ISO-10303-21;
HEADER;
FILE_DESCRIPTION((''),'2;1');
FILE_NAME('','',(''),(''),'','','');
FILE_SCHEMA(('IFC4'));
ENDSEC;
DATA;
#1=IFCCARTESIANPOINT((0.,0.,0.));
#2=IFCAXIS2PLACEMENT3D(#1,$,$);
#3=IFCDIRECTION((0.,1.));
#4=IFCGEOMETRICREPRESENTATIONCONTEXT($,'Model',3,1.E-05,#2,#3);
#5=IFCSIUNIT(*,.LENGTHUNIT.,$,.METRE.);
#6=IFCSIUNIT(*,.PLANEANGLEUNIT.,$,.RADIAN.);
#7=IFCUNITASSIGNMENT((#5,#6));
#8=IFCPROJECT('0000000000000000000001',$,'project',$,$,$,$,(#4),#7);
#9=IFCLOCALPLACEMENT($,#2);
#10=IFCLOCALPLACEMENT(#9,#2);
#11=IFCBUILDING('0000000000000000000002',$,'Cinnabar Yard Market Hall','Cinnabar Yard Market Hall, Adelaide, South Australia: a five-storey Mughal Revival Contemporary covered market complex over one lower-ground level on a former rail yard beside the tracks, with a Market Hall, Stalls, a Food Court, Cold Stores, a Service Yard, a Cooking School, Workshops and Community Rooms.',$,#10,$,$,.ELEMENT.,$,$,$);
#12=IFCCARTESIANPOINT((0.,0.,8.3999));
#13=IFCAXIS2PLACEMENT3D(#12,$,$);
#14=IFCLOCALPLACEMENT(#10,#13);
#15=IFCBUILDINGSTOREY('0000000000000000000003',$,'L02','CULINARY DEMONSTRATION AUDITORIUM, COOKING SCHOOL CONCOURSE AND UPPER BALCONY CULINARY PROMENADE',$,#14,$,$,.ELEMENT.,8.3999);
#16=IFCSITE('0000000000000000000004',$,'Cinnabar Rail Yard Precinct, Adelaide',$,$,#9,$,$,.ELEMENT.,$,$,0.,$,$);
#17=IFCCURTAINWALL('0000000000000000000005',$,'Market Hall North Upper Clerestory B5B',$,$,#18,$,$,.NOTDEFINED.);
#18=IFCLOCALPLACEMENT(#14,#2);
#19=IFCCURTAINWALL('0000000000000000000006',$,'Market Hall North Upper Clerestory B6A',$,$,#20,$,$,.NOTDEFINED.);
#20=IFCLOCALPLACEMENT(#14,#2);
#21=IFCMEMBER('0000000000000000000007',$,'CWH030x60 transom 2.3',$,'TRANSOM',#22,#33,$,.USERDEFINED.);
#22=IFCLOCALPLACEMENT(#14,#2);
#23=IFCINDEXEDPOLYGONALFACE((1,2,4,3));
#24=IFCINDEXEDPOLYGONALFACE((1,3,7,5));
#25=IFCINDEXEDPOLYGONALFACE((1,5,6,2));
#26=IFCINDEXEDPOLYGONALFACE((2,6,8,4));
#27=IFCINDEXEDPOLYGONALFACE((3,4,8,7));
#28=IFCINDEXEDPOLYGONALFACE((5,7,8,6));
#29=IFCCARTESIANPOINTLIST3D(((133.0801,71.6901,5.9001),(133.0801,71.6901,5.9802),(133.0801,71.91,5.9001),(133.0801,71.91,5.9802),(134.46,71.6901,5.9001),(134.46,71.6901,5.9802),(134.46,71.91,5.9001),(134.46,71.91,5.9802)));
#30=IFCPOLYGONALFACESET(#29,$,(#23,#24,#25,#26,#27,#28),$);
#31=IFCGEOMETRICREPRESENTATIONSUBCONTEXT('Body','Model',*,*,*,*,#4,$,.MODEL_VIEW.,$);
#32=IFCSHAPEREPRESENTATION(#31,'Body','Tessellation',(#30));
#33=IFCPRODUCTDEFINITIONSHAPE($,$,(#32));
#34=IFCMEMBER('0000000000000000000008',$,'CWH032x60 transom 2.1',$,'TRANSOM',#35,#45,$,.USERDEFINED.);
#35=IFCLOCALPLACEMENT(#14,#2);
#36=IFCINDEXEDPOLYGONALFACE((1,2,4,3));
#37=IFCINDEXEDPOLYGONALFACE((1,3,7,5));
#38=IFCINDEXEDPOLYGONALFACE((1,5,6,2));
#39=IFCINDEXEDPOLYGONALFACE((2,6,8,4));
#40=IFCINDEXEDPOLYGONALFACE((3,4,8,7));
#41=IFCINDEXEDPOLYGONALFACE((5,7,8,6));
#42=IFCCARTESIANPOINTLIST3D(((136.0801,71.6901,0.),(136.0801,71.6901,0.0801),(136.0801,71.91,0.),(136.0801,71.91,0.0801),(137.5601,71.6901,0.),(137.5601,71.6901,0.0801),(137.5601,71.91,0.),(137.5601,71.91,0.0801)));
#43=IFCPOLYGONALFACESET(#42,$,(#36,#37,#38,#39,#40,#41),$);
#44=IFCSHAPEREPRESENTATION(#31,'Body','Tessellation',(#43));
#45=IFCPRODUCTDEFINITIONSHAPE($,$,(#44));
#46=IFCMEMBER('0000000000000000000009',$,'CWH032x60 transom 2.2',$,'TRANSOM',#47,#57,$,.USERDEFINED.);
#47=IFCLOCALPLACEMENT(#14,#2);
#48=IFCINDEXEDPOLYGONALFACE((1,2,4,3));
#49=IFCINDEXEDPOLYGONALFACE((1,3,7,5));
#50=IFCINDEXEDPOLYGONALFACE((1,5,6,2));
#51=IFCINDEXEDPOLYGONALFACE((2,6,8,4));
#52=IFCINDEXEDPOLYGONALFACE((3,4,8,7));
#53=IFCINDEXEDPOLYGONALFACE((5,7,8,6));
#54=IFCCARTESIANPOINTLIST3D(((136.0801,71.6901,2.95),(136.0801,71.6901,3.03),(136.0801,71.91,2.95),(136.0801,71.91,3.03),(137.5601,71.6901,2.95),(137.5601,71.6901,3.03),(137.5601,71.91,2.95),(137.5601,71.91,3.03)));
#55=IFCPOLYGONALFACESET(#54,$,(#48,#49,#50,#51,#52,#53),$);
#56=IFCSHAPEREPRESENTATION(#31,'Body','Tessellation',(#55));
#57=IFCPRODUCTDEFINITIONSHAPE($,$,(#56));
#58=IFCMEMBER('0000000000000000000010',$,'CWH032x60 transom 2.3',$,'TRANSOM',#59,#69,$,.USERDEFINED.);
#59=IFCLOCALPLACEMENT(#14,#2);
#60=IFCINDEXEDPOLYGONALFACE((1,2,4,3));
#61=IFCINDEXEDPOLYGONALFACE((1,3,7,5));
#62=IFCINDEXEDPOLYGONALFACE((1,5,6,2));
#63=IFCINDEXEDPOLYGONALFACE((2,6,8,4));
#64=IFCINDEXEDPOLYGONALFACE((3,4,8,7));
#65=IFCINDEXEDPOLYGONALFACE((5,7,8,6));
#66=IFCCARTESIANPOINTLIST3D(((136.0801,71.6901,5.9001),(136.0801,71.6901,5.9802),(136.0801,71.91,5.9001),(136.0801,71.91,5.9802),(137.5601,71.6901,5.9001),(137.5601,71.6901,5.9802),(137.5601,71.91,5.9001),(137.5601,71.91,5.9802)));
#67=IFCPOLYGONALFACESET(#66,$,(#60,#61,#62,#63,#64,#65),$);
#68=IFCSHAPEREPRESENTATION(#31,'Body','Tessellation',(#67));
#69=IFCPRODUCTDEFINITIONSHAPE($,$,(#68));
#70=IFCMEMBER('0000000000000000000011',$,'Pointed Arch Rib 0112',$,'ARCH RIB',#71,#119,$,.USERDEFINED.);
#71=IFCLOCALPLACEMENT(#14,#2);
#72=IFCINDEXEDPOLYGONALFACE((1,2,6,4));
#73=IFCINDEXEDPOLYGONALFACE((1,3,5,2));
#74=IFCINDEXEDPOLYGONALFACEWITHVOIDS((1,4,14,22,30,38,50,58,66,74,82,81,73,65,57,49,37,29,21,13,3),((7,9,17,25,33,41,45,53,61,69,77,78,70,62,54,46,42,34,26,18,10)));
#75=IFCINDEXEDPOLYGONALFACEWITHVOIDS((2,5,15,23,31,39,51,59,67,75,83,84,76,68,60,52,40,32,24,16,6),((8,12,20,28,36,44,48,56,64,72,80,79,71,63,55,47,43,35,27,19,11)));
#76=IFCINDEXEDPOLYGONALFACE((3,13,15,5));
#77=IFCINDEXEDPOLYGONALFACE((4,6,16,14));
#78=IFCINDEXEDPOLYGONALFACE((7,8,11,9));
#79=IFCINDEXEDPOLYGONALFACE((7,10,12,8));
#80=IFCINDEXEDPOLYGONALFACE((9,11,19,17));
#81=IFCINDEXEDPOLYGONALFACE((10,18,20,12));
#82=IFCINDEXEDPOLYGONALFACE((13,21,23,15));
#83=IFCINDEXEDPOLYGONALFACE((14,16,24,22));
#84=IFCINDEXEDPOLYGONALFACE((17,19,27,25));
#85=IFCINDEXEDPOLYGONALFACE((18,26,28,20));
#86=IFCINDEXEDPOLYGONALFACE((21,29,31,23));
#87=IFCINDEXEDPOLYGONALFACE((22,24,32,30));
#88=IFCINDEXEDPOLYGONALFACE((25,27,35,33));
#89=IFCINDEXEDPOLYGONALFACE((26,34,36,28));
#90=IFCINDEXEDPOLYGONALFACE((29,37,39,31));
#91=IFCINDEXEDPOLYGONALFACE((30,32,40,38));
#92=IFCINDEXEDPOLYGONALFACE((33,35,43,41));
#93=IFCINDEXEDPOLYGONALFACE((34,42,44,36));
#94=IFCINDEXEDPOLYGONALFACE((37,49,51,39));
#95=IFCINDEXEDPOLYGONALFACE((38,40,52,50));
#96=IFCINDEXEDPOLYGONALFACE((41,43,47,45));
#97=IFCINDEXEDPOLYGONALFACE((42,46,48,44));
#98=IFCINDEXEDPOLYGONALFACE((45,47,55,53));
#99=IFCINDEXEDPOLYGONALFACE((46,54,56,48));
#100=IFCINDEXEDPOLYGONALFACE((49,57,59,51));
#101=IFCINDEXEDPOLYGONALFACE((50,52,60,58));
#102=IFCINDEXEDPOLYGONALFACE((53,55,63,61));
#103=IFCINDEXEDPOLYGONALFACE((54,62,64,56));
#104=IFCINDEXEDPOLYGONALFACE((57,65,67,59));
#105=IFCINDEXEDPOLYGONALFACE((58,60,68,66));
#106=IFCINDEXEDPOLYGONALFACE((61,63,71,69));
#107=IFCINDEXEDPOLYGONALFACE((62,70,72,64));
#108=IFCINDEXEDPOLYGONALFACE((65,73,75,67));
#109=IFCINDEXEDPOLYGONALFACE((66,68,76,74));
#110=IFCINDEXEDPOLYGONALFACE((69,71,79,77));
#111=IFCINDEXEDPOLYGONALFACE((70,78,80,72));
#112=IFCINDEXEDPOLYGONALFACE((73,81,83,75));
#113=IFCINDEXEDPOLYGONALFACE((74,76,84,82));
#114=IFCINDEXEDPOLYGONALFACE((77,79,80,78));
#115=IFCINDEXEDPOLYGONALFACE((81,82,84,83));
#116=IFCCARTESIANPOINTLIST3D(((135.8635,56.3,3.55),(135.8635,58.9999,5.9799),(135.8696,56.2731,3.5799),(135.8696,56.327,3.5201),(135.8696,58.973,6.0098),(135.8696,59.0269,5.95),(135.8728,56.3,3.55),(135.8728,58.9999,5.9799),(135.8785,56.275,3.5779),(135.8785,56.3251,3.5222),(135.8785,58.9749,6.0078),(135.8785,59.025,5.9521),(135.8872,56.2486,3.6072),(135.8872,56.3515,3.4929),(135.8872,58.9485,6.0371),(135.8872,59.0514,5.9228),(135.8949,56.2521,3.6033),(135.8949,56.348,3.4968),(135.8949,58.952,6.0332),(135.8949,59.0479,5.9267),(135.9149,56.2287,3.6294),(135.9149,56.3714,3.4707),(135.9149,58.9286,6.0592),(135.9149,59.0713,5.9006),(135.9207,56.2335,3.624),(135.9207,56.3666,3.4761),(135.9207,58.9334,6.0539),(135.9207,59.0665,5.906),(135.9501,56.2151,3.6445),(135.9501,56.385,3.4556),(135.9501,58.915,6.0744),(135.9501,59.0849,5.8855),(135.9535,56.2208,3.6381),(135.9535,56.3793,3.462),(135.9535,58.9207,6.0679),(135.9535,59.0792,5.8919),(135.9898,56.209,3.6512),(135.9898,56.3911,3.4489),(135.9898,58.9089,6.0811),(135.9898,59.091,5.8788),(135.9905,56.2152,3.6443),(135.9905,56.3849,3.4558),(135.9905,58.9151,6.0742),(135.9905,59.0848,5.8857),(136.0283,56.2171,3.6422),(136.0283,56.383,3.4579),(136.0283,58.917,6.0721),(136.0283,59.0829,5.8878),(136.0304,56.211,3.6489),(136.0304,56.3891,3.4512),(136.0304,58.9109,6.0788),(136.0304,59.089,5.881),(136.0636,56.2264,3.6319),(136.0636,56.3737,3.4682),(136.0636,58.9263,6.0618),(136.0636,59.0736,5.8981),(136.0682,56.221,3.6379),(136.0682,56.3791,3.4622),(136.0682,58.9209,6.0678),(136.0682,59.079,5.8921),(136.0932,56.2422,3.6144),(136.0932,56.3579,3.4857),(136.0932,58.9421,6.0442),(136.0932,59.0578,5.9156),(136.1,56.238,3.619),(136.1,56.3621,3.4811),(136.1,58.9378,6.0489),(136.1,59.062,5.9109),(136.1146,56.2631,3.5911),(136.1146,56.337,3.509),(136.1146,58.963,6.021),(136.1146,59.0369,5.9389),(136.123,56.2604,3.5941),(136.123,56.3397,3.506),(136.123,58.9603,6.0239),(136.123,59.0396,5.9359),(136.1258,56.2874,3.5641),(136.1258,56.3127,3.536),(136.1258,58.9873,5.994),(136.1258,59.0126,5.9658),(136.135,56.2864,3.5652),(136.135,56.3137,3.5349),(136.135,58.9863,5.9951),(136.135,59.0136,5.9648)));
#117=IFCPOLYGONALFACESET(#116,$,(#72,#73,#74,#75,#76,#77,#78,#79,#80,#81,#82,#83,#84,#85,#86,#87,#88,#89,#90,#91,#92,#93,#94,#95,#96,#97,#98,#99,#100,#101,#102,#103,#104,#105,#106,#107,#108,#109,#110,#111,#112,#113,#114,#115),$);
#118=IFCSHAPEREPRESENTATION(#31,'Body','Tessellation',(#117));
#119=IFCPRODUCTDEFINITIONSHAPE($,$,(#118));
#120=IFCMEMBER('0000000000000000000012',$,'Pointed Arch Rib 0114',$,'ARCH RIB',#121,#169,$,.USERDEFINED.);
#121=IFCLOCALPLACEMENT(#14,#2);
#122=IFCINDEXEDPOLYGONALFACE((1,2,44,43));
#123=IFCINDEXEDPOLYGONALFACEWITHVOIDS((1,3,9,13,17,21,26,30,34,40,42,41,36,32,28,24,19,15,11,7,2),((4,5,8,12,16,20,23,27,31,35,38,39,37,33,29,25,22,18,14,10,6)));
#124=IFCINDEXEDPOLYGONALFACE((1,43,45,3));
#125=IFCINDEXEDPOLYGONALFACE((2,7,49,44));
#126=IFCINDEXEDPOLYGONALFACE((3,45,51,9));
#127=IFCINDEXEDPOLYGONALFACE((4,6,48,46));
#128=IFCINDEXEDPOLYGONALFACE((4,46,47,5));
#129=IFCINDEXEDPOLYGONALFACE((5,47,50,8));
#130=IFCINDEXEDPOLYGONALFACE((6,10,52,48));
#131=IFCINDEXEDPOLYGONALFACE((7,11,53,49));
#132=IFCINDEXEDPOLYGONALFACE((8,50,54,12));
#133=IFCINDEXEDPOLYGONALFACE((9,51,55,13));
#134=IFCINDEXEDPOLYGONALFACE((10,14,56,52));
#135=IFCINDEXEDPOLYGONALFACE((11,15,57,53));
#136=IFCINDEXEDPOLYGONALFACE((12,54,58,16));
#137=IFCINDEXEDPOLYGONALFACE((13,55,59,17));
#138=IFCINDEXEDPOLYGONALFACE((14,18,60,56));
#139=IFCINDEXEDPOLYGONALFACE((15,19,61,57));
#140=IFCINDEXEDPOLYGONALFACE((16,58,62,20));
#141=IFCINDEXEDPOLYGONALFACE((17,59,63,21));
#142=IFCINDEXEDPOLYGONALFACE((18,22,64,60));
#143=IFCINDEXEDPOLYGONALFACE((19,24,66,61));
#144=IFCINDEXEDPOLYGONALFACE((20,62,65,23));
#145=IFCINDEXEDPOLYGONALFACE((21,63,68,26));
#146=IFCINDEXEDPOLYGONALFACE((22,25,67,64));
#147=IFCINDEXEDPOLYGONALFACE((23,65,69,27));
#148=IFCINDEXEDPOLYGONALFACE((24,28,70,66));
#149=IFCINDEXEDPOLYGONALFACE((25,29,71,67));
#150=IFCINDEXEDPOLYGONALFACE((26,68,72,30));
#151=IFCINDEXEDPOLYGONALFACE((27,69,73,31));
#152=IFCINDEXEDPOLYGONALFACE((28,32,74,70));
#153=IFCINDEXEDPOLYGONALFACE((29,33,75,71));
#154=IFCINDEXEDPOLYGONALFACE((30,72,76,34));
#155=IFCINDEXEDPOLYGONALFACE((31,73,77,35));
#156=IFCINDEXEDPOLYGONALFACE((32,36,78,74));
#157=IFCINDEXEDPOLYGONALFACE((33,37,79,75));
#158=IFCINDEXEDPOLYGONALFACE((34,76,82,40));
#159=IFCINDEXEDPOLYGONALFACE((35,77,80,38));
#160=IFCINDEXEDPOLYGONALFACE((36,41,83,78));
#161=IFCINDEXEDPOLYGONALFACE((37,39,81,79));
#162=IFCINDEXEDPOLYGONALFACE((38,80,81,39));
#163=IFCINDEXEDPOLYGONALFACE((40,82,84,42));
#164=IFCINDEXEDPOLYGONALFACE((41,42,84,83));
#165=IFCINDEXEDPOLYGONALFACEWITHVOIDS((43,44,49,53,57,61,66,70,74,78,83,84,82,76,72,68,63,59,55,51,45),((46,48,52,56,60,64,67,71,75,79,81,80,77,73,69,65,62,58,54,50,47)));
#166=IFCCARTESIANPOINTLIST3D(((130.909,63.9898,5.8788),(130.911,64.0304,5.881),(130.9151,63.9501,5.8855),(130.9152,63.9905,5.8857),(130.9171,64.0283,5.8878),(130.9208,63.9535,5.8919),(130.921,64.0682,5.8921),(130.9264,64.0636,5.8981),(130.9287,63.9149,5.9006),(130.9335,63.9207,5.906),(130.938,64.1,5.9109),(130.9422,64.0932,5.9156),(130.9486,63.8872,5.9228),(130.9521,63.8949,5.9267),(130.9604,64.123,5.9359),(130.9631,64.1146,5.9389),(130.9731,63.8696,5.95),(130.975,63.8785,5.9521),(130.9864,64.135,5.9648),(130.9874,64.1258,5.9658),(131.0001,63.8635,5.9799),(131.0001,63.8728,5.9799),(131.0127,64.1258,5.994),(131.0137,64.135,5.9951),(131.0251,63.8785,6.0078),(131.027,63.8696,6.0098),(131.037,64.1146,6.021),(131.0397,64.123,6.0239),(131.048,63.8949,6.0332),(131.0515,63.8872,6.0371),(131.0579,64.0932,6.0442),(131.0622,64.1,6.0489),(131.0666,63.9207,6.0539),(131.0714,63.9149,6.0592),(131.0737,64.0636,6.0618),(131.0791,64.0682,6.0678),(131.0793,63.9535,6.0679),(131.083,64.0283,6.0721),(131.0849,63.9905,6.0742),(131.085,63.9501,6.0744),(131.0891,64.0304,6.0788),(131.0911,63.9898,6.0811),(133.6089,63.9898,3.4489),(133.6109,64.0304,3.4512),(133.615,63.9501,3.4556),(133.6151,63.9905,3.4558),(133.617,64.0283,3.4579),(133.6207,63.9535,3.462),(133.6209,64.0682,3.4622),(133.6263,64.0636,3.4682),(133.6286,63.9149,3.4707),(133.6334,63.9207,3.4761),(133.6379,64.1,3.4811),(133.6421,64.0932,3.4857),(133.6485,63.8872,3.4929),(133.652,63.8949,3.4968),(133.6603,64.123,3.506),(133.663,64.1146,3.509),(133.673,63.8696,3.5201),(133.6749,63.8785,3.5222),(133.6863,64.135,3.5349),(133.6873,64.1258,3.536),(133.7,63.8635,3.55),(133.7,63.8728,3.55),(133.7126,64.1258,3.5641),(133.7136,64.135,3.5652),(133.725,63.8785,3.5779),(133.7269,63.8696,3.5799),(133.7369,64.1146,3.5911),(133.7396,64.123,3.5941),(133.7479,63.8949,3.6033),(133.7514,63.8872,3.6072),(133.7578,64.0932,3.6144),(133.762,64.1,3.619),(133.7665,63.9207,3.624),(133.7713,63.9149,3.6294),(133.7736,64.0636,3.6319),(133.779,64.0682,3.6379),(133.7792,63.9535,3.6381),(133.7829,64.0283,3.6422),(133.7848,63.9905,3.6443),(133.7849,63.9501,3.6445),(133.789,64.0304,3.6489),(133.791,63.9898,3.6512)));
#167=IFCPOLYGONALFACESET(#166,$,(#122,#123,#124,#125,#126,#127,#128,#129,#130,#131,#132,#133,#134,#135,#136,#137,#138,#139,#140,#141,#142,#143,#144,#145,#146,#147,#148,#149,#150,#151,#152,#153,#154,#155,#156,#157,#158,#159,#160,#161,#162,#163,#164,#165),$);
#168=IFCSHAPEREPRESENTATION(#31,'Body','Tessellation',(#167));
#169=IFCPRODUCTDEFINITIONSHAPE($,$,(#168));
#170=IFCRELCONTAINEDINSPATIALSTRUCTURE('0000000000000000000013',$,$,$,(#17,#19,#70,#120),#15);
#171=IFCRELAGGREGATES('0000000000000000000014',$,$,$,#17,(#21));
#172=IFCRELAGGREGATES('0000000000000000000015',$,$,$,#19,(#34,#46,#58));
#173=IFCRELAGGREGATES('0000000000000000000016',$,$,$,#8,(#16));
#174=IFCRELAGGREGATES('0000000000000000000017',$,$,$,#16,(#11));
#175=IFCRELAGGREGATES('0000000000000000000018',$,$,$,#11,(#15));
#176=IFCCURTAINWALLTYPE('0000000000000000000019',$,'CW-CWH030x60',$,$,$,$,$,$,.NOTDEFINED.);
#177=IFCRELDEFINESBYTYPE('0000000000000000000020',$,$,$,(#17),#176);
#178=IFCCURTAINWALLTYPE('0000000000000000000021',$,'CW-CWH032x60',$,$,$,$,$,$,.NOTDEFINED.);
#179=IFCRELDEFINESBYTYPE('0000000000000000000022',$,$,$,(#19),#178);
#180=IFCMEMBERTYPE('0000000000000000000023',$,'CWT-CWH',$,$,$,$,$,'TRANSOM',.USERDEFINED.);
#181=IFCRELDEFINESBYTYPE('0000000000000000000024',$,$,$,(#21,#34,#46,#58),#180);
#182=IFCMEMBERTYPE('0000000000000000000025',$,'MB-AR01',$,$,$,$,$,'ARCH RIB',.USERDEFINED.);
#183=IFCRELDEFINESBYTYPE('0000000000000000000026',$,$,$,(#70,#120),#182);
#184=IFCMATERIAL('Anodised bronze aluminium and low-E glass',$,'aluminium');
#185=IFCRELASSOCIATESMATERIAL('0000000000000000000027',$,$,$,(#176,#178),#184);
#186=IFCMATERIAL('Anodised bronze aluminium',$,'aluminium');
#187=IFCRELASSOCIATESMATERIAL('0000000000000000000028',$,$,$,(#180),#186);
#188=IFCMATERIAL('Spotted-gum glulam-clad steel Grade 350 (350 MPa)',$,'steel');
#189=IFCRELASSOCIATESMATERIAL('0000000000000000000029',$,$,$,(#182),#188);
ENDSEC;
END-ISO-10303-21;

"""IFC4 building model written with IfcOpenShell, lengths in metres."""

from ifc_helpers import new_model, si_unit, direction, frame, origin, origin_2d_with_axis, place, context, subcontext, project, spatial, rectangle, hollow_circle, extrude, material, material_profile, profile_set, type_object, element, aggregate, save


model = new_model("IFC4")

# Units and contexts
model_context = context("Model", 3, precision=1e-05, world=origin(), true_north=direction((0.0, 1.0)))
body_context = subcontext(model_context, "Body", "Model", "MODEL_VIEW")
ifc_project = project(units=[si_unit("LENGTHUNIT", "METRE"), si_unit("PLANEANGLEUNIT", "RADIAN")], contexts=[model_context])

# Site, building, storey
site_placement = place(None, origin())
site = spatial("IfcSite", under=ifc_project, at=site_placement, Name="Cinnabar Rail Yard Precinct, Adelaide", CompositionType="ELEMENT", RefElevation=0.0)
building_placement = place(site_placement, origin())
building = spatial("IfcBuilding", under=site, at=building_placement, Name="Cinnabar Yard Market Hall", Description="Cinnabar Yard Market Hall, Adelaide, South Australia: a five-storey Mughal Revival Contemporary covered market complex over one lower-ground level on a former rail yard beside the tracks, with a Market Hall, Stalls, a Food Court, Cold Stores, a Service Yard, a Cooking School, Workshops and Community Rooms.", CompositionType="ELEMENT")
storey_placement = place(building_placement, frame((0.0, 0.0, 8.3999)))
storey = spatial("IfcBuildingStorey", under=building, at=storey_placement, Name="L02", Description="CULINARY DEMONSTRATION AUDITORIUM, COOKING SCHOOL CONCOURSE AND UPPER BALCONY CULINARY PROMENADE", CompositionType="ELEMENT", Elevation=8.3999)

# Shared definitions
ifc_material_1 = material(Name="Spotted-gum glulam-clad steel Grade 350 (350 MPa)", Category="steel")

# Curtain walls
ifc_material_2 = material(Name="Anodised bronze aluminium and low-E glass", Category="aluminium")
curtain_wall_type_1 = type_object("IfcCurtainWallType", Name="CW-CWH030x60", PredefinedType="NOTDEFINED", material=ifc_material_2)
curtain_wall_1_placement = place(storey_placement, origin())
curtain_wall_1 = element("IfcCurtainWall", 1, at=curtain_wall_1_placement, inside=storey, type_object=curtain_wall_type_1, Name="Market Hall North Upper Clerestory B5B", PredefinedType="NOTDEFINED")
ifc_material_3 = material(Name="Anodised bronze aluminium", Category="aluminium")
curtain_wall_type_2 = type_object("IfcCurtainWallType", Name="CW-CWH032x60", PredefinedType="NOTDEFINED", material=ifc_material_2)
curtain_wall_2_placement = place(storey_placement, origin())
curtain_wall_2 = element("IfcCurtainWall", 2, at=curtain_wall_2_placement, inside=storey, type_object=curtain_wall_type_2, Name="Market Hall North Upper Clerestory B6A", PredefinedType="NOTDEFINED")

# Members
ifc_material_profile_1 = material_profile(ifc_material_3, rectangle(XDim=0.22, YDim=0.0801, at=origin_2d_with_axis()), Name="TRN-CWH")
ifc_profile_set_1 = profile_set([ifc_material_profile_1], Name="Anodised bronze aluminium")
member_type_1 = type_object("IfcMemberType", Name="CWT-CWH", ElementType="TRANSOM", PredefinedType="USERDEFINED", material=ifc_profile_set_1)
member_1_placement = place(storey_placement, frame((134.46, 71.8, 5.9402), z_axis=(-1.0, 0.0, 0.0), x_axis=(0.0, -1.0, 0.0)))
member_1 = element("IfcMember", 3, at=member_1_placement, type_object=member_type_1, Name="CWH030x60 transom 2.3", ObjectType="TRANSOM", PredefinedType="USERDEFINED", context=body_context, shape_type="SweptSolid", body=[
    extrude(rectangle(XDim=0.22, YDim=0.0801, at=origin_2d_with_axis()), origin(), (0.0, 0.0, 1.0), 1.3799),
])
member_2_placement = place(storey_placement, frame((137.5601, 71.8, 0.04), z_axis=(-1.0, 0.0, 0.0), x_axis=(0.0, -1.0, 0.0)))
member_2 = element("IfcMember", 4, at=member_2_placement, type_object=member_type_1, Name="CWH032x60 transom 2.1", ObjectType="TRANSOM", PredefinedType="USERDEFINED", context=body_context, shape_type="SweptSolid", body=[
    extrude(rectangle(XDim=0.22, YDim=0.0801, at=origin_2d_with_axis()), origin(), (0.0, 0.0, 1.0), 1.48),
])
member_3_placement = place(storey_placement, frame((137.5601, 71.8, 2.99), z_axis=(-1.0, 0.0, 0.0), x_axis=(0.0, -1.0, 0.0)))
member_3 = element("IfcMember", 5, at=member_3_placement, type_object=member_type_1, Name="CWH032x60 transom 2.2", ObjectType="TRANSOM", PredefinedType="USERDEFINED", context=body_context, shape_type="SweptSolid", body=[
    extrude(rectangle(XDim=0.22, YDim=0.0801, at=origin_2d_with_axis()), origin(), (0.0, 0.0, 1.0), 1.48),
])
member_4_placement = place(storey_placement, frame((137.5601, 71.8, 5.9402), z_axis=(-1.0, 0.0, 0.0), x_axis=(0.0, -1.0, 0.0)))
member_4 = element("IfcMember", 6, at=member_4_placement, type_object=member_type_1, Name="CWH032x60 transom 2.3", ObjectType="TRANSOM", PredefinedType="USERDEFINED", context=body_context, shape_type="SweptSolid", body=[
    extrude(rectangle(XDim=0.22, YDim=0.0801, at=origin_2d_with_axis()), origin(), (0.0, 0.0, 1.0), 1.48),
])

# Members
ifc_material_profile_2 = material_profile(ifc_material_1, hollow_circle(Radius=0.1365, WallThickness=0.0093, at=origin_2d_with_axis()), Name="273.1x9.3CHS")
ifc_profile_set_2 = profile_set([ifc_material_profile_2], Name="Spotted-gum glulam-clad steel Grade 350 (350 MPa)")
member_type_2 = type_object("IfcMemberType", Name="MB-AR01", ElementType="ARCH RIB", PredefinedType="USERDEFINED", material=ifc_profile_set_2)
for number, where, z_axis, x_axis, name in (
    (7, (136.0, 56.3, 3.55), (0.0, 0.743297, 0.668961), (-1.0, 0.0, 0.0), "Pointed Arch Rib 0112"),
    (8, (133.7, 64.0, 3.55), (-0.743297, 0.0, 0.668961), (0.0, -1.0, 0.0), "Pointed Arch Rib 0114"),
):
    element("IfcMember", number, at=place(storey_placement, frame(where, z_axis=z_axis, x_axis=x_axis)), inside=storey, type_object=member_type_2, Name=name, ObjectType="ARCH RIB", PredefinedType="USERDEFINED", context=body_context, shape_type="SweptSolid", body=[
        extrude(hollow_circle(Radius=0.1365, WallThickness=0.0093, at=origin_2d_with_axis()), origin(), (0.0, 0.0, 1.0), 3.6323),
    ])

aggregate(curtain_wall_1, [member_1])
aggregate(curtain_wall_2, [member_2, member_3, member_4])

save(model, "model.ifc")
